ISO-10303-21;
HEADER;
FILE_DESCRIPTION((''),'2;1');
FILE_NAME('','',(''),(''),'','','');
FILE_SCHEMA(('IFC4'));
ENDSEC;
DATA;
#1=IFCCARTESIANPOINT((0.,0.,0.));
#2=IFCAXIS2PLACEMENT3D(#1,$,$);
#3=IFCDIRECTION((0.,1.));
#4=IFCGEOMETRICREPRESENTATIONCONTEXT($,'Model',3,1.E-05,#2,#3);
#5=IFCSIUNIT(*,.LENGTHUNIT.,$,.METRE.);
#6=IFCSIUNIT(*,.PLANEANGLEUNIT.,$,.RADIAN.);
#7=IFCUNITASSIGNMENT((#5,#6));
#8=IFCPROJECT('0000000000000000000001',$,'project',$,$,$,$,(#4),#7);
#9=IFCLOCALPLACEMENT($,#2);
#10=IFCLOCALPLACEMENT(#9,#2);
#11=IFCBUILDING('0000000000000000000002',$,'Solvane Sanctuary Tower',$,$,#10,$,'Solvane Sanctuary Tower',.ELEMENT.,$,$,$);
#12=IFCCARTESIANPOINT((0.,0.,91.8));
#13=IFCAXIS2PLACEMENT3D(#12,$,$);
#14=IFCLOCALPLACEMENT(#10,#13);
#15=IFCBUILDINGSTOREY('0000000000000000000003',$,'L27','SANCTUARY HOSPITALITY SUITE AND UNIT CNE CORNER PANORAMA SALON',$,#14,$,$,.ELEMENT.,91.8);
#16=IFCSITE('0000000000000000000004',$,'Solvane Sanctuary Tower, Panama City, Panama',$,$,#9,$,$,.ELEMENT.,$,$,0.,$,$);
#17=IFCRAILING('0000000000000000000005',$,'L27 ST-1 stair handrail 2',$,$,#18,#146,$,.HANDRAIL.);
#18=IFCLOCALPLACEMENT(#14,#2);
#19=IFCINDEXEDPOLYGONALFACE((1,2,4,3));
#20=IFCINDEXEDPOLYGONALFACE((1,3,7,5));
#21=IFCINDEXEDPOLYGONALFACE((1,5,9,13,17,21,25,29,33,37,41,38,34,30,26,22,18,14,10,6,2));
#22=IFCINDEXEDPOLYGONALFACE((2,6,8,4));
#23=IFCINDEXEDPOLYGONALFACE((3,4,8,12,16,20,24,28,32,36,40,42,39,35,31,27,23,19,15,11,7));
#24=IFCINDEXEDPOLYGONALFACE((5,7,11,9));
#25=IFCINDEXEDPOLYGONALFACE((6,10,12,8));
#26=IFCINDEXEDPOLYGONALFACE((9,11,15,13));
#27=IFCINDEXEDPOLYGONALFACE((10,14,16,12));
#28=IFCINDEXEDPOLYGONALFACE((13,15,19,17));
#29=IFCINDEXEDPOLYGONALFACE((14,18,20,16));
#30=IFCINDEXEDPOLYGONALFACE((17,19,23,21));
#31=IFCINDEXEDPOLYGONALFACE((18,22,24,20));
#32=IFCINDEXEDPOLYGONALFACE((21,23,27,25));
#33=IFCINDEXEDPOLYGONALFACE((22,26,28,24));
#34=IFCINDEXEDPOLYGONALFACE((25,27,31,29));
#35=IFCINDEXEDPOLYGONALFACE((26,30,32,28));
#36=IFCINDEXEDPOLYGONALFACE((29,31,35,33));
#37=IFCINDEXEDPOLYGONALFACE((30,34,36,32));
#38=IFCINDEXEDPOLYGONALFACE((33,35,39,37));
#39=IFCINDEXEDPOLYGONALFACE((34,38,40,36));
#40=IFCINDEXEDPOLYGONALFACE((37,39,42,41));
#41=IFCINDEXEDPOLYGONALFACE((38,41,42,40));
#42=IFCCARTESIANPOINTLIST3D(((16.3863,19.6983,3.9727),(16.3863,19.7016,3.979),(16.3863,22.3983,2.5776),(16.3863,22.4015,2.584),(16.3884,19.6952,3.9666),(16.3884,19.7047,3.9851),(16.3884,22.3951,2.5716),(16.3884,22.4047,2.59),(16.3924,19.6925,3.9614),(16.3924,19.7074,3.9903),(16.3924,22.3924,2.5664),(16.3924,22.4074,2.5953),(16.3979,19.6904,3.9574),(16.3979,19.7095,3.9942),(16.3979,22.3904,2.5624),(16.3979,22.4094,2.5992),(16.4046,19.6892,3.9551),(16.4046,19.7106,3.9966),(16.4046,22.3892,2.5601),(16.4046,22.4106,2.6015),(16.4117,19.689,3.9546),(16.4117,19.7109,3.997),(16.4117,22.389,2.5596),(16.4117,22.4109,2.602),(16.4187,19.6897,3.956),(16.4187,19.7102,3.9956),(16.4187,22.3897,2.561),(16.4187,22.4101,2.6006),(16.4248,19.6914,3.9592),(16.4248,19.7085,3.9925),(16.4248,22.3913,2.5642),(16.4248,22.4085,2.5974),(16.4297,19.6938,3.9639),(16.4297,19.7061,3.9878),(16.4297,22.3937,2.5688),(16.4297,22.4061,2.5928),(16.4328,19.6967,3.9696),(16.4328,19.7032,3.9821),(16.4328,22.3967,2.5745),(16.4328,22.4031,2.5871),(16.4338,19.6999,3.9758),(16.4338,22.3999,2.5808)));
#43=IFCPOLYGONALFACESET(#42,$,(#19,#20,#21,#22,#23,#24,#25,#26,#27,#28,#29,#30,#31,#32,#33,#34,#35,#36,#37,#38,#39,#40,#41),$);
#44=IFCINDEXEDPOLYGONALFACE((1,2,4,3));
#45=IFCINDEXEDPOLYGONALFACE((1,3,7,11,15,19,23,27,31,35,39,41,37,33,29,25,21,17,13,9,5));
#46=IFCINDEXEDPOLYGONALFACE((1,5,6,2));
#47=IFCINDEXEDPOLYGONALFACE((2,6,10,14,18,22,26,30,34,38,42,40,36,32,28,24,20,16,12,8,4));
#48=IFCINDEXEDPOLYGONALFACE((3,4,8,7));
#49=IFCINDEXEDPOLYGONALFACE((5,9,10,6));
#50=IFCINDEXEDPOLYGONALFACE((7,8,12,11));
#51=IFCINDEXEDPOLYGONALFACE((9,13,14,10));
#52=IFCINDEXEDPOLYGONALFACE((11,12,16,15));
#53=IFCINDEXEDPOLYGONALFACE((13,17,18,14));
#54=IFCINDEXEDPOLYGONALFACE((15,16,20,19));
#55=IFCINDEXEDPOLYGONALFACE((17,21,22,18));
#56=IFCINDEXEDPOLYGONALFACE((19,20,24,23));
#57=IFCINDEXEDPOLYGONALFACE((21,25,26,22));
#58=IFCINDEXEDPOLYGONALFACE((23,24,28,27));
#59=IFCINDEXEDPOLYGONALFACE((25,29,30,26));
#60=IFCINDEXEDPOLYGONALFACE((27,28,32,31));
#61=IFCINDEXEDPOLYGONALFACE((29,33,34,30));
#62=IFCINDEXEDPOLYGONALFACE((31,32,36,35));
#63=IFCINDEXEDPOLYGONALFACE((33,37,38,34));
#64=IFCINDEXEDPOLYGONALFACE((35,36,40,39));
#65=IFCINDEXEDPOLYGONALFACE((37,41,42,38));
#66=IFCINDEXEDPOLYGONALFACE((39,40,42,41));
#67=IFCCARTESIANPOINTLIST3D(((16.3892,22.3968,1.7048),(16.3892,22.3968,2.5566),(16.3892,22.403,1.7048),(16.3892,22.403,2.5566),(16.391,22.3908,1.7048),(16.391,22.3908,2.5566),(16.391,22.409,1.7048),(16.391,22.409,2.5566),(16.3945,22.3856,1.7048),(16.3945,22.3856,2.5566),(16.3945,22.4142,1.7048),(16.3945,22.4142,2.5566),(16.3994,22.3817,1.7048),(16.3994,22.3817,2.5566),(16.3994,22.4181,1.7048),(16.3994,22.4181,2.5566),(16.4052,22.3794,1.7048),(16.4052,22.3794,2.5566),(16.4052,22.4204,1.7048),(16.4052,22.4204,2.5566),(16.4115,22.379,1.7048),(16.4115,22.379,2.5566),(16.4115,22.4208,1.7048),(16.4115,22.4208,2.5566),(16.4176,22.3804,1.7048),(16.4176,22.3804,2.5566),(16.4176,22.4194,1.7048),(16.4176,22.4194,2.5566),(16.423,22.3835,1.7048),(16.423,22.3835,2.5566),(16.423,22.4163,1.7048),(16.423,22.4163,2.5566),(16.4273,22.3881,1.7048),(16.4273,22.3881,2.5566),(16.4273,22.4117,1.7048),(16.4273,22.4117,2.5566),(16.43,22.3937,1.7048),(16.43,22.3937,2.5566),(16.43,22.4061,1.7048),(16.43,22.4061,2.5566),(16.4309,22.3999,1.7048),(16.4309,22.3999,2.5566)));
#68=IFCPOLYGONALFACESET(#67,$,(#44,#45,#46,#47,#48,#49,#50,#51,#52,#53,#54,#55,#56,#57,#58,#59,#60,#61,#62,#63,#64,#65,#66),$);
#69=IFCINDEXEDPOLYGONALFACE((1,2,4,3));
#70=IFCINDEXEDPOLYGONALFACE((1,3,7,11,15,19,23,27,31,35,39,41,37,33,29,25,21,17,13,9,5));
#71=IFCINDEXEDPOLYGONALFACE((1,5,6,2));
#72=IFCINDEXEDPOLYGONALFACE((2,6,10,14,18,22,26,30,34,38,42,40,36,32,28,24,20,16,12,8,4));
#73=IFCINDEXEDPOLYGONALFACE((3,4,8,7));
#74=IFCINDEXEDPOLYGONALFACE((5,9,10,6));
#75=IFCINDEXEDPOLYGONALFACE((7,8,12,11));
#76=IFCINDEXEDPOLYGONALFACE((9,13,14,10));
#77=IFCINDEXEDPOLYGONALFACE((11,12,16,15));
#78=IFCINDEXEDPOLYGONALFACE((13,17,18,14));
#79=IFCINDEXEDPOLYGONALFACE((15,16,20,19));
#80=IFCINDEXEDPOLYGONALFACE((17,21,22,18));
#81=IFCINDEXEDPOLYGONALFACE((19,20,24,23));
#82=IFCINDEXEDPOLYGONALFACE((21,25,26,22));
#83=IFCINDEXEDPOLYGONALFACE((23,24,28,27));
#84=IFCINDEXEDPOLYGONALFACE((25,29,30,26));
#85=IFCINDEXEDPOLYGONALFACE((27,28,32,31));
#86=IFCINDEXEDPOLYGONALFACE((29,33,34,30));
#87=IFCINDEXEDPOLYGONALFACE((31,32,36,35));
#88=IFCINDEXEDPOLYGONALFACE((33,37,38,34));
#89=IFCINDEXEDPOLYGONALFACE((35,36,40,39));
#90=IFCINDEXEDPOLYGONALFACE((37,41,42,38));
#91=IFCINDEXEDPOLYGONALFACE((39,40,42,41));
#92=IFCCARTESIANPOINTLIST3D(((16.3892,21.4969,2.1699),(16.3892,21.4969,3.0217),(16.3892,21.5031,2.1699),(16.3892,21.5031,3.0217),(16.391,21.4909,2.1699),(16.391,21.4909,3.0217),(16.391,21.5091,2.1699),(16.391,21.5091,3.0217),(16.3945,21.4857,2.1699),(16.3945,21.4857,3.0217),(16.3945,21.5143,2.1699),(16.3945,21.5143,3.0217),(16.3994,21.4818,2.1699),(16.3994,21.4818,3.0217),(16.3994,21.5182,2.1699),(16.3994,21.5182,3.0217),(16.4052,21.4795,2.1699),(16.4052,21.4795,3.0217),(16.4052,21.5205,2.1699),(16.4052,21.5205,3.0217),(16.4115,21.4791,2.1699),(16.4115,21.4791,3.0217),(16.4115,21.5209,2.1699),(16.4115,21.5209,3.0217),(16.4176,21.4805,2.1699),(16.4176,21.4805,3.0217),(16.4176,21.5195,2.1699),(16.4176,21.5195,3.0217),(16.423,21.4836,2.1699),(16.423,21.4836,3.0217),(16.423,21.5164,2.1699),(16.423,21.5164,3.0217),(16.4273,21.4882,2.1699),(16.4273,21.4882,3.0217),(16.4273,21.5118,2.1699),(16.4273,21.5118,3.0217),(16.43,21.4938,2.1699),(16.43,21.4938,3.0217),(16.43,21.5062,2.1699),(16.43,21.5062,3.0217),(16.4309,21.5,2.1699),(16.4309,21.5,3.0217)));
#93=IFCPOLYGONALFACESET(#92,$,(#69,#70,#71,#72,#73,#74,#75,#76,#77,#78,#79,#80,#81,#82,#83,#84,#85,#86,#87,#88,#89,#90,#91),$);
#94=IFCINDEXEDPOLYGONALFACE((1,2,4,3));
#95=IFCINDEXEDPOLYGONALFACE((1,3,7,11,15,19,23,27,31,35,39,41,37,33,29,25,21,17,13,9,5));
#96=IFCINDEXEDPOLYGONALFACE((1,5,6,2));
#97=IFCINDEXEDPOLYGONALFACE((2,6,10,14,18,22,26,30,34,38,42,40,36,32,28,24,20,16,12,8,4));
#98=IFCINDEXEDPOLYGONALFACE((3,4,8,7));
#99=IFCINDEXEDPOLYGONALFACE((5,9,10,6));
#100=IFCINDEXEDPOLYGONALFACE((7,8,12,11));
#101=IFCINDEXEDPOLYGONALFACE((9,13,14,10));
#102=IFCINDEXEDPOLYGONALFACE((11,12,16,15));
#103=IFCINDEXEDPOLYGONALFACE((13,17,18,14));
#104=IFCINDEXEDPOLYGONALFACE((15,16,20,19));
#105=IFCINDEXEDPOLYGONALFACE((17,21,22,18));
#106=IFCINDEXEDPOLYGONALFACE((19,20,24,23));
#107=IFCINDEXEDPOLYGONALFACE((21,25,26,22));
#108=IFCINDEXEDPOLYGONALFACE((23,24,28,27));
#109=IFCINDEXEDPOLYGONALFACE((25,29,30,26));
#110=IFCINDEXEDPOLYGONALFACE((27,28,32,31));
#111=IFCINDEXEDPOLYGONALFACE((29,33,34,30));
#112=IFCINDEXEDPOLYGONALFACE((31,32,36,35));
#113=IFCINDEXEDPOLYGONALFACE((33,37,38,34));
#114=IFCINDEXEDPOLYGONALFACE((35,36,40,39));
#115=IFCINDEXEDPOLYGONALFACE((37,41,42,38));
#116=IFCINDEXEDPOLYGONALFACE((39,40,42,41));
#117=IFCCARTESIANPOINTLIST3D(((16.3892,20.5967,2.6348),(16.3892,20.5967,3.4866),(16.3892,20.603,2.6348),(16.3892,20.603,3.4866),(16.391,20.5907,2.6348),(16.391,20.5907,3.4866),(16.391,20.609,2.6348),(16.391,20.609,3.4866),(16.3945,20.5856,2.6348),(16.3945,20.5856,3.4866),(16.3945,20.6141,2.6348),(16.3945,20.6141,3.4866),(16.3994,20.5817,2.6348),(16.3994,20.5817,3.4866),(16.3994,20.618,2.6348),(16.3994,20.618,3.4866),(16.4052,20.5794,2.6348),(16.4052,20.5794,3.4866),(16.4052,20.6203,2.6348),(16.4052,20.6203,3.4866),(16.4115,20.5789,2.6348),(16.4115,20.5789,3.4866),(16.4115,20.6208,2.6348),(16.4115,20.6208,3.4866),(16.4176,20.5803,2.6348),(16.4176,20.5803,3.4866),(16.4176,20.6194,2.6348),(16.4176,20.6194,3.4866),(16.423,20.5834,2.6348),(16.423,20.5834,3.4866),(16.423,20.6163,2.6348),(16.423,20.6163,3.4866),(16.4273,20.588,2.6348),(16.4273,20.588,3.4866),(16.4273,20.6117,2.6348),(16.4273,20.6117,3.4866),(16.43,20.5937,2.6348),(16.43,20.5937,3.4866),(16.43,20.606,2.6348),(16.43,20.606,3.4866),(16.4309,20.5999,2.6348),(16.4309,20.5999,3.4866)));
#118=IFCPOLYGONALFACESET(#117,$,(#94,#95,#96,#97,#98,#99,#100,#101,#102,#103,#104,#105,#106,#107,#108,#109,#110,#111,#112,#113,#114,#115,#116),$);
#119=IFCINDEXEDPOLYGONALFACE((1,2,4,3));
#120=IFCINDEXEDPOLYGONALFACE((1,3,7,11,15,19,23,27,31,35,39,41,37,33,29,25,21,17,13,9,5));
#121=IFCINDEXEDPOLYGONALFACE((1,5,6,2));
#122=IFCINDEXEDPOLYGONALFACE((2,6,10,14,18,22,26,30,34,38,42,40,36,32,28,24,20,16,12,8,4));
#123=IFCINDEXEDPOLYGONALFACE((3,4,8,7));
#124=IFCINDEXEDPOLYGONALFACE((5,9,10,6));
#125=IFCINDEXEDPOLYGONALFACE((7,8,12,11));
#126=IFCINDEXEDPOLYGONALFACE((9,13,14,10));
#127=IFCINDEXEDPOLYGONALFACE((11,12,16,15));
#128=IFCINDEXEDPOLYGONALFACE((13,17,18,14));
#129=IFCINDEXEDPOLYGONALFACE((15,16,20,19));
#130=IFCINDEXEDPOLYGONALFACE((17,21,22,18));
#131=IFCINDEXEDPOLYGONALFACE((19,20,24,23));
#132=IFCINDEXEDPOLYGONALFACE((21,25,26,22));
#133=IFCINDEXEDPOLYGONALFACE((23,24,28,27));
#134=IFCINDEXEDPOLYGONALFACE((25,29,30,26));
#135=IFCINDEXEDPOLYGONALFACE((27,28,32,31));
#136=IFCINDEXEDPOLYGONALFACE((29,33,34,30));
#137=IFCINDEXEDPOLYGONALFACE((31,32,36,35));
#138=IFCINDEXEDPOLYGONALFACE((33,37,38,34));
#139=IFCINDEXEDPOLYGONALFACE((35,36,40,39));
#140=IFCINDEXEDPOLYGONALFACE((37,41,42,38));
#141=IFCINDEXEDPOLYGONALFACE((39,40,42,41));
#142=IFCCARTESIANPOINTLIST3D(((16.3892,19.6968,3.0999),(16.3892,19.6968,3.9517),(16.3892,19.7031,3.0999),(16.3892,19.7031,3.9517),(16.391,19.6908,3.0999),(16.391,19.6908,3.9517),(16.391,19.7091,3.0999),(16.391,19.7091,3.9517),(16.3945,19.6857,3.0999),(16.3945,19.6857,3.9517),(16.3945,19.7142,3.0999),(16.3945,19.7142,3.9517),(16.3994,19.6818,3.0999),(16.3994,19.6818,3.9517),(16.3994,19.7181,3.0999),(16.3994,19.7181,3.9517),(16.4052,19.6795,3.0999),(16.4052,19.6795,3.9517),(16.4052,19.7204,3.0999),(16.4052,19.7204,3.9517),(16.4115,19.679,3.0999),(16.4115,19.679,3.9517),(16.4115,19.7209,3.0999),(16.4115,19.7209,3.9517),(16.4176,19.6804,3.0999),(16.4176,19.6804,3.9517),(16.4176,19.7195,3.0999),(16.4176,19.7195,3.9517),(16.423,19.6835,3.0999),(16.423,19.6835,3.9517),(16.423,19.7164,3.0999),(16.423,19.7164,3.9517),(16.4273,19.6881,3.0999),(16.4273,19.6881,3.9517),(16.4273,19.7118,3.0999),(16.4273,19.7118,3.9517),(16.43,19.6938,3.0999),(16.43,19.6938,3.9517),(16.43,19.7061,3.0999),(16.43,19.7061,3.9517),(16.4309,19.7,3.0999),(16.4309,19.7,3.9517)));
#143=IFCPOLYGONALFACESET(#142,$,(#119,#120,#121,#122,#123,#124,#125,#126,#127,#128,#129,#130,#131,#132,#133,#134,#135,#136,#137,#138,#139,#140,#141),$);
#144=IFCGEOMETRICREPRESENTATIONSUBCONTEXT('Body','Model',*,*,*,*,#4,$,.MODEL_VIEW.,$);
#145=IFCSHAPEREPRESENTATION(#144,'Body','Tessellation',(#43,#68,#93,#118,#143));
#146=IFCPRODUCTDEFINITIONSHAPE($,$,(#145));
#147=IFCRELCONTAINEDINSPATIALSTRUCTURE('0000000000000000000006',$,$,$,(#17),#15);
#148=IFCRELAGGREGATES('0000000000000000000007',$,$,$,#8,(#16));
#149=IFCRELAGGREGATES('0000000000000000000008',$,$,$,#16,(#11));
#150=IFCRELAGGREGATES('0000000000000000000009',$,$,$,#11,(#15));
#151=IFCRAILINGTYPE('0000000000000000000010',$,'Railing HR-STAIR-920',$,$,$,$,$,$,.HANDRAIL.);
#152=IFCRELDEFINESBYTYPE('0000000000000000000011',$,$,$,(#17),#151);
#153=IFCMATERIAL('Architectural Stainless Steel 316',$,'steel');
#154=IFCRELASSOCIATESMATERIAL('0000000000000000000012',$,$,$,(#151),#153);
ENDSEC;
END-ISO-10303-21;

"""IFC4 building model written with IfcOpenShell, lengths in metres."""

from ifc_helpers import new_model, si_unit, direction, frame, origin, origin_2d, place, context, subcontext, project, spatial, circle, extrude, material, type_object, element, save


model = new_model("IFC4")

# Units and contexts
model_context = context("Model", 3, precision=1e-05, world=origin(), true_north=direction((0.0, 1.0)))
body_context = subcontext(model_context, "Body", "Model", "MODEL_VIEW")
ifc_project = project(units=[si_unit("LENGTHUNIT", "METRE"), si_unit("PLANEANGLEUNIT", "RADIAN")], contexts=[model_context])

# Site, building, storey
site_placement = place(None, origin())
site = spatial("IfcSite", under=ifc_project, at=site_placement, Name="Solvane Sanctuary Tower, Panama City, Panama", CompositionType="ELEMENT", RefElevation=0.0)
building_placement = place(site_placement, origin())
building = spatial("IfcBuilding", under=site, at=building_placement, Name="Solvane Sanctuary Tower", LongName="Solvane Sanctuary Tower", CompositionType="ELEMENT")
storey_placement = place(building_placement, frame((0.0, 0.0, 91.8)))
storey = spatial("IfcBuildingStorey", under=building, at=storey_placement, Name="L27", Description="SANCTUARY HOSPITALITY SUITE AND UNIT CNE CORNER PANORAMA SALON", CompositionType="ELEMENT", Elevation=91.8)

# Shared definitions
ifc_material_1 = material(Name="Architectural Stainless Steel 316", Category="steel")

# Railing
railing_type_1 = type_object("IfcRailingType", Name="Railing HR-STAIR-920", PredefinedType="HANDRAIL", material=ifc_material_1)
railing_1_placement = place(storey_placement, frame((16.4099, 22.3999, 1.7048)))
element("IfcRailing", 1, at=railing_1_placement, inside=storey, type_object=railing_type_1, Name="L27 ST-1 stair handrail 2", PredefinedType="HANDRAIL", context=body_context, shape_type="SweptSolid", body=[
    extrude(circle(Radius=0.0239, at=origin_2d()), frame((0.0, 0.0, 0.876), z_axis=(0.0, -0.88842, 0.459032), x_axis=(1.0, 0.0, 0.0)), (0.0, 0.0, 1.0), 3.0391),
    extrude(circle(Radius=0.021, at=origin_2d()), origin(), (0.0, 0.0, 1.0), 0.8518),
    extrude(circle(Radius=0.021, at=origin_2d()), frame((0.0, -0.8999, 0.4651)), (0.0, 0.0, 1.0), 0.8518),
    extrude(circle(Radius=0.021, at=origin_2d()), frame((0.0, -1.8, 0.9299)), (0.0, 0.0, 1.0), 0.8518),
    extrude(circle(Radius=0.021, at=origin_2d()), frame((0.0, -2.7, 1.395)), (0.0, 0.0, 1.0), 0.8518),
])

save(model, "model.ifc")
